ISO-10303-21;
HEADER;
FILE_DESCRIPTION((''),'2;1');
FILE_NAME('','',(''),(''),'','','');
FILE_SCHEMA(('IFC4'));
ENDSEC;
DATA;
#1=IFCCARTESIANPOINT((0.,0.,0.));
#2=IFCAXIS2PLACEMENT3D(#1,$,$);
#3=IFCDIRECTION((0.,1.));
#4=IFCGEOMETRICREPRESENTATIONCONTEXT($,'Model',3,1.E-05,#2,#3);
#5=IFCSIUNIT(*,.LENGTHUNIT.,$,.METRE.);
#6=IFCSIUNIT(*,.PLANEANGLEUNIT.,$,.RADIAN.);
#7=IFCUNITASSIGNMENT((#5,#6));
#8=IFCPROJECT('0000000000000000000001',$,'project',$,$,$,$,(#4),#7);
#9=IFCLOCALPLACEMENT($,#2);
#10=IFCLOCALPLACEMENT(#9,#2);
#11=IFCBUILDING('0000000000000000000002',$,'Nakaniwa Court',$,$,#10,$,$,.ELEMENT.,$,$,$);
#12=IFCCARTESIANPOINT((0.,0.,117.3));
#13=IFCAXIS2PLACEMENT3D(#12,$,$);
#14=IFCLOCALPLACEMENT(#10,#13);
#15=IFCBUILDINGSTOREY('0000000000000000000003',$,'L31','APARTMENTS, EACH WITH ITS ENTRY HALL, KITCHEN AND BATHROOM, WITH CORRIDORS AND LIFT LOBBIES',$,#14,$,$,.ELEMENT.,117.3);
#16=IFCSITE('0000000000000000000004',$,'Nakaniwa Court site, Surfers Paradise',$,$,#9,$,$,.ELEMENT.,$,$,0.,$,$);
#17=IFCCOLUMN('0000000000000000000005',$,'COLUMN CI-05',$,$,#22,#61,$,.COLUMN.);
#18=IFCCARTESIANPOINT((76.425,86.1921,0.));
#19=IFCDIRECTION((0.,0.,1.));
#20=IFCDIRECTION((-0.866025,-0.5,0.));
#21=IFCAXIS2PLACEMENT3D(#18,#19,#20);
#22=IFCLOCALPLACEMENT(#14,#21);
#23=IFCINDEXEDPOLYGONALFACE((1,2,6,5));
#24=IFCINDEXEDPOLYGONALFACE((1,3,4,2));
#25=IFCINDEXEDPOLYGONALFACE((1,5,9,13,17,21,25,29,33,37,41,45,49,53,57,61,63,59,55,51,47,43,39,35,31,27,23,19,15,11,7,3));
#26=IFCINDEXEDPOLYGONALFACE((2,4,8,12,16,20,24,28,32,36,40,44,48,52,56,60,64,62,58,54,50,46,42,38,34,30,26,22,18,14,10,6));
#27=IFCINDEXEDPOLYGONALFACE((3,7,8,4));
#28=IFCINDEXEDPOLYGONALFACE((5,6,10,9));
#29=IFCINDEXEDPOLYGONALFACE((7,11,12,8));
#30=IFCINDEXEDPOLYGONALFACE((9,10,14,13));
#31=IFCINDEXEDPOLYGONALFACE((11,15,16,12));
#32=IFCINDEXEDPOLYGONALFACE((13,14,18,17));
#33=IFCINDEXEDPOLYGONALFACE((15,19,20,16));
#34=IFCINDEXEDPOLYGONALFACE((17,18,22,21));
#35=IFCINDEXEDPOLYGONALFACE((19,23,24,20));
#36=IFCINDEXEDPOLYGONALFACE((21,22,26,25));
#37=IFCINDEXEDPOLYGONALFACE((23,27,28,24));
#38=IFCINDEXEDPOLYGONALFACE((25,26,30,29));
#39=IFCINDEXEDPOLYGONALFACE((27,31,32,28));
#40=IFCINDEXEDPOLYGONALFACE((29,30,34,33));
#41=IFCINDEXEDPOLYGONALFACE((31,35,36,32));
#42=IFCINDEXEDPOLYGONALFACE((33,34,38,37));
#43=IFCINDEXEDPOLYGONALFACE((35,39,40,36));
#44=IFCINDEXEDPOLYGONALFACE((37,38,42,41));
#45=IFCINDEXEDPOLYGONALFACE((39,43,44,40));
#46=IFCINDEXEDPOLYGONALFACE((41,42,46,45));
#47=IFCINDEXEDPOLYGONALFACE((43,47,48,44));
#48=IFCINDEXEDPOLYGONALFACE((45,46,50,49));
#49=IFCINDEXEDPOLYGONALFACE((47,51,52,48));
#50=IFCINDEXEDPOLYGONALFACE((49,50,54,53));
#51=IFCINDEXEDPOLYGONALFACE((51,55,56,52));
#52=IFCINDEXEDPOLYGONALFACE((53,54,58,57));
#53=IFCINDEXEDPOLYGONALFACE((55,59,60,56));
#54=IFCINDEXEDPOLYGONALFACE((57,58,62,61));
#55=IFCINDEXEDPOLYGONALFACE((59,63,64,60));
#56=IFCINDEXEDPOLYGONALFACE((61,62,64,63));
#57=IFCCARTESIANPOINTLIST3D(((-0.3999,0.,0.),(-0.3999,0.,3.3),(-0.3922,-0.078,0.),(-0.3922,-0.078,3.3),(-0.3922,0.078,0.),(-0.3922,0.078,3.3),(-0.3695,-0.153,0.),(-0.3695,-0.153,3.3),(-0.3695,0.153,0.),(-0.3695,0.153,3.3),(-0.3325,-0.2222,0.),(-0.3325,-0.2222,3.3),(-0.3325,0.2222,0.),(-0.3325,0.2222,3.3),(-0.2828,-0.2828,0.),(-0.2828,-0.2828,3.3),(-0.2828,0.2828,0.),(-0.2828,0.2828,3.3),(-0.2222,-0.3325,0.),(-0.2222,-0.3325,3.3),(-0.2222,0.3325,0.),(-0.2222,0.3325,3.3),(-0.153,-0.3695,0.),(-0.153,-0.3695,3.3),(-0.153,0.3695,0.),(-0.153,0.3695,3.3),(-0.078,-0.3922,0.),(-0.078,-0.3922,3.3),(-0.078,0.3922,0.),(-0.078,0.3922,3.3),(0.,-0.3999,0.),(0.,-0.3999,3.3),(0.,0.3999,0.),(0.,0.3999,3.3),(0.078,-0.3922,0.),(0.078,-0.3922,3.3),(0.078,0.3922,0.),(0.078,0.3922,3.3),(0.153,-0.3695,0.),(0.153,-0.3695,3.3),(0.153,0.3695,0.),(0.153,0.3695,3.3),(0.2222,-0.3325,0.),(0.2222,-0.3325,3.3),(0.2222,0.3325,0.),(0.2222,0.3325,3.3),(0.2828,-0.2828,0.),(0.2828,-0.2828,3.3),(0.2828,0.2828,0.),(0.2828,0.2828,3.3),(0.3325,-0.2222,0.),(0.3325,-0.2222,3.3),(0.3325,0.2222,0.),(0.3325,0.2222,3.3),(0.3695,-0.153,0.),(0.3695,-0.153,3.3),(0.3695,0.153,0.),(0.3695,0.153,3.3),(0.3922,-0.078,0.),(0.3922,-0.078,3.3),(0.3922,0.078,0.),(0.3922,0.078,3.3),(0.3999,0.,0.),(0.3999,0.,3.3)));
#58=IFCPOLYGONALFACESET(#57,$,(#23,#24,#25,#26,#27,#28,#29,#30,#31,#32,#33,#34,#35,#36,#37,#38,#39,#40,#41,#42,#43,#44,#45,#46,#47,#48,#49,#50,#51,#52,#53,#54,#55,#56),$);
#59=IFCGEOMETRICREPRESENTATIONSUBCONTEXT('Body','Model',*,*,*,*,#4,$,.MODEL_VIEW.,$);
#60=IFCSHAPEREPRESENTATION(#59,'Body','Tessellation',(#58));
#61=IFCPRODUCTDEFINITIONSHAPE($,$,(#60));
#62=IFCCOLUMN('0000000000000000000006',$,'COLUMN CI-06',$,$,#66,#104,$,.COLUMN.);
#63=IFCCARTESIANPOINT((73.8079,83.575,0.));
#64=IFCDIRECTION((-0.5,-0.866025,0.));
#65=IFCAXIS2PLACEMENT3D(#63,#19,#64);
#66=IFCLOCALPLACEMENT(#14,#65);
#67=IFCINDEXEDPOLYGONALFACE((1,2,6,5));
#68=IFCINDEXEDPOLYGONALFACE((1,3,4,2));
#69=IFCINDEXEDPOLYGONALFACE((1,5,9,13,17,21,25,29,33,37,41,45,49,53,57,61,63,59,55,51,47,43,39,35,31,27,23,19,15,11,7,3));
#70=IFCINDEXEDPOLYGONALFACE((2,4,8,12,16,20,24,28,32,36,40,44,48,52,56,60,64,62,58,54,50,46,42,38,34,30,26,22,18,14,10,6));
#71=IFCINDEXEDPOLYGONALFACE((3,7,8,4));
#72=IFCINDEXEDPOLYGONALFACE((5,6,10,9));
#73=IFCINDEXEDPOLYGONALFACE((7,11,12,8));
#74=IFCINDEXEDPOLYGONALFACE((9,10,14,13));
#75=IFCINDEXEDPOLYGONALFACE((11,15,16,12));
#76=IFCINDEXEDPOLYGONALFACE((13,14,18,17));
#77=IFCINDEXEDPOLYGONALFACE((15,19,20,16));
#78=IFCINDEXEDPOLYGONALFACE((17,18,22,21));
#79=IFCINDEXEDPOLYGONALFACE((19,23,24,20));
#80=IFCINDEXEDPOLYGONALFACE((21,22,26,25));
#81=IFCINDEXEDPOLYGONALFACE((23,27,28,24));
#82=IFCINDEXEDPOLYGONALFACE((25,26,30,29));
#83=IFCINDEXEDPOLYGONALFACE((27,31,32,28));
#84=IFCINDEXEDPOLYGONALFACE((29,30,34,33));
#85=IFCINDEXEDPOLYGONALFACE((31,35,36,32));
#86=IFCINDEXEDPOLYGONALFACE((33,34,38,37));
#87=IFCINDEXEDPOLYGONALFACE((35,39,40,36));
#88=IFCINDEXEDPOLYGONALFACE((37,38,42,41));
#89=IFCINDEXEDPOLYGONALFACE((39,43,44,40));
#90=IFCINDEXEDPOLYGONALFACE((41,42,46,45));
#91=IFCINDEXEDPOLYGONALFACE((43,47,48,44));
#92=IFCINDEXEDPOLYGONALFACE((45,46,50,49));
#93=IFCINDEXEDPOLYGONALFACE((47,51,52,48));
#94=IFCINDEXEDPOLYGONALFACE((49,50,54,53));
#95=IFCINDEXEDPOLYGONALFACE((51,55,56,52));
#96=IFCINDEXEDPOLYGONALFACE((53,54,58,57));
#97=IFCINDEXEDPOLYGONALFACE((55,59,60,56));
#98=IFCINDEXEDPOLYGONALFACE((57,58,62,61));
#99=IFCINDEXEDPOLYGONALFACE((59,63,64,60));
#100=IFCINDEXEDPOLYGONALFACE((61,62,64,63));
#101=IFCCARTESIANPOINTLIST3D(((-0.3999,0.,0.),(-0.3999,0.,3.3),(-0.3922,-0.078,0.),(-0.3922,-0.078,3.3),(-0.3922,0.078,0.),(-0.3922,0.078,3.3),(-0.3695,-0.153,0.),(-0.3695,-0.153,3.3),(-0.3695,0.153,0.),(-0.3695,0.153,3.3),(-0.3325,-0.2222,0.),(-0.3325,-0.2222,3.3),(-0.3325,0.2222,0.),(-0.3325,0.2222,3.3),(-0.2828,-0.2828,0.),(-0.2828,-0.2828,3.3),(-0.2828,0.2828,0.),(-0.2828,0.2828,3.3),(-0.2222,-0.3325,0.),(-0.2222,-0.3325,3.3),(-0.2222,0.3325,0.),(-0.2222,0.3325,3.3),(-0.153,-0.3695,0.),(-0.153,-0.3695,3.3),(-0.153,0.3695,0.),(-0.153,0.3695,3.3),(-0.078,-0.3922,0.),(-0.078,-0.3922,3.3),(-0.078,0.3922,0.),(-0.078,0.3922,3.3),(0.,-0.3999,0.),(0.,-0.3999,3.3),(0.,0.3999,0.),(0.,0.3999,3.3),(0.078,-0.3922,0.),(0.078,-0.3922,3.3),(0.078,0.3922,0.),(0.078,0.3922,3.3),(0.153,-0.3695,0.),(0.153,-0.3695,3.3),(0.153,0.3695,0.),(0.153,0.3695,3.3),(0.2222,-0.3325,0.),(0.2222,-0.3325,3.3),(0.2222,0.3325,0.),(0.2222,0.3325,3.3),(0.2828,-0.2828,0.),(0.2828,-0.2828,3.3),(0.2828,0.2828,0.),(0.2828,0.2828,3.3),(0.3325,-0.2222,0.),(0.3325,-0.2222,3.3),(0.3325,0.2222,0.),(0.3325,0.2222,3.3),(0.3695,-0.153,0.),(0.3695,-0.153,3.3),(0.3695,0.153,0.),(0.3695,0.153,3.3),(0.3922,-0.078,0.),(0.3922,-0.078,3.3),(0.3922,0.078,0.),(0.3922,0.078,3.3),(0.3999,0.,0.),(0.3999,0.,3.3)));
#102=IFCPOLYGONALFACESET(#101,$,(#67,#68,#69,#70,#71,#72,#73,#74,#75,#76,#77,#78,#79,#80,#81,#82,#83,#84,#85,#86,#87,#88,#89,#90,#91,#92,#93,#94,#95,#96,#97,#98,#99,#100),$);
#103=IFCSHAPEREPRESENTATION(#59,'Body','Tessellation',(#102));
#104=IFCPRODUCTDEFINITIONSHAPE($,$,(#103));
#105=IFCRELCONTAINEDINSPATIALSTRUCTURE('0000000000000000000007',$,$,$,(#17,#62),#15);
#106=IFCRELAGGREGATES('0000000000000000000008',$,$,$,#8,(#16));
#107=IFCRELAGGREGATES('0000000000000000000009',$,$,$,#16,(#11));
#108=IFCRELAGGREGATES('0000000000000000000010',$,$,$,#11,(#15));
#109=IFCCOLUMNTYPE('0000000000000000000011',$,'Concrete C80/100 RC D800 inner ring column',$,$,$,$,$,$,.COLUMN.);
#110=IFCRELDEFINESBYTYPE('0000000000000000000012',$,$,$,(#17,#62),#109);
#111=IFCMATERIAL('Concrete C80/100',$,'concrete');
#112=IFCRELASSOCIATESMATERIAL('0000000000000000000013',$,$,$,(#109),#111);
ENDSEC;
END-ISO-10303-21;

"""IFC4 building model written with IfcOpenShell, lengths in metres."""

from ifc_helpers import new_model, si_unit, direction, frame, origin, origin_2d, place, context, subcontext, project, spatial, circle, extrude, material, material_profile, profile_set, type_object, element, save


model = new_model("IFC4")

# Units and contexts
model_context = context("Model", 3, precision=1e-05, world=origin(), true_north=direction((0.0, 1.0)))
body_context = subcontext(model_context, "Body", "Model", "MODEL_VIEW")
ifc_project = project(units=[si_unit("LENGTHUNIT", "METRE"), si_unit("PLANEANGLEUNIT", "RADIAN")], contexts=[model_context])

# Site, building, storey
site_placement = place(None, origin())
site = spatial("IfcSite", under=ifc_project, at=site_placement, Name="Nakaniwa Court site, Surfers Paradise", CompositionType="ELEMENT", RefElevation=0.0)
building_placement = place(site_placement, origin())
building = spatial("IfcBuilding", under=site, at=building_placement, Name="Nakaniwa Court", CompositionType="ELEMENT")
storey_placement = place(building_placement, frame((0.0, 0.0, 117.3)))
storey = spatial("IfcBuildingStorey", under=building, at=storey_placement, Name="L31", Description="APARTMENTS, EACH WITH ITS ENTRY HALL, KITCHEN AND BATHROOM, WITH CORRIDORS AND LIFT LOBBIES", CompositionType="ELEMENT", Elevation=117.3)

# Columns
ifc_material_1 = material(Name="Concrete C80/100", Category="concrete")
ifc_material_profile_1 = material_profile(ifc_material_1, circle(Radius=0.3999, at=origin_2d()), Name="Concrete C80/100 RC D800 inner ring column")
ifc_profile_set_1 = profile_set([ifc_material_profile_1], Name="Concrete C80/100")
column_type = type_object("IfcColumnType", Name="Concrete C80/100 RC D800 inner ring column", PredefinedType="COLUMN", material=ifc_profile_set_1)
for number, where, z_axis, x_axis, name in (
    (1, (76.425, 86.1921, 0.0), (0.0, 0.0, 1.0), (-0.866025, -0.5, 0.0), "COLUMN CI-05"),
    (2, (73.8079, 83.575, 0.0), (0.0, 0.0, 1.0), (-0.5, -0.866025, 0.0), "COLUMN CI-06"),
):
    element("IfcColumn", number, at=place(storey_placement, frame(where, z_axis=z_axis, x_axis=x_axis)), inside=storey, type_object=column_type, Name=name, PredefinedType="COLUMN", context=body_context, shape_type="SweptSolid", body=[
        extrude(circle(Radius=0.3999, at=origin_2d()), origin(), (0.0, 0.0, 1.0), 3.3),
    ])

save(model, "model.ifc")
